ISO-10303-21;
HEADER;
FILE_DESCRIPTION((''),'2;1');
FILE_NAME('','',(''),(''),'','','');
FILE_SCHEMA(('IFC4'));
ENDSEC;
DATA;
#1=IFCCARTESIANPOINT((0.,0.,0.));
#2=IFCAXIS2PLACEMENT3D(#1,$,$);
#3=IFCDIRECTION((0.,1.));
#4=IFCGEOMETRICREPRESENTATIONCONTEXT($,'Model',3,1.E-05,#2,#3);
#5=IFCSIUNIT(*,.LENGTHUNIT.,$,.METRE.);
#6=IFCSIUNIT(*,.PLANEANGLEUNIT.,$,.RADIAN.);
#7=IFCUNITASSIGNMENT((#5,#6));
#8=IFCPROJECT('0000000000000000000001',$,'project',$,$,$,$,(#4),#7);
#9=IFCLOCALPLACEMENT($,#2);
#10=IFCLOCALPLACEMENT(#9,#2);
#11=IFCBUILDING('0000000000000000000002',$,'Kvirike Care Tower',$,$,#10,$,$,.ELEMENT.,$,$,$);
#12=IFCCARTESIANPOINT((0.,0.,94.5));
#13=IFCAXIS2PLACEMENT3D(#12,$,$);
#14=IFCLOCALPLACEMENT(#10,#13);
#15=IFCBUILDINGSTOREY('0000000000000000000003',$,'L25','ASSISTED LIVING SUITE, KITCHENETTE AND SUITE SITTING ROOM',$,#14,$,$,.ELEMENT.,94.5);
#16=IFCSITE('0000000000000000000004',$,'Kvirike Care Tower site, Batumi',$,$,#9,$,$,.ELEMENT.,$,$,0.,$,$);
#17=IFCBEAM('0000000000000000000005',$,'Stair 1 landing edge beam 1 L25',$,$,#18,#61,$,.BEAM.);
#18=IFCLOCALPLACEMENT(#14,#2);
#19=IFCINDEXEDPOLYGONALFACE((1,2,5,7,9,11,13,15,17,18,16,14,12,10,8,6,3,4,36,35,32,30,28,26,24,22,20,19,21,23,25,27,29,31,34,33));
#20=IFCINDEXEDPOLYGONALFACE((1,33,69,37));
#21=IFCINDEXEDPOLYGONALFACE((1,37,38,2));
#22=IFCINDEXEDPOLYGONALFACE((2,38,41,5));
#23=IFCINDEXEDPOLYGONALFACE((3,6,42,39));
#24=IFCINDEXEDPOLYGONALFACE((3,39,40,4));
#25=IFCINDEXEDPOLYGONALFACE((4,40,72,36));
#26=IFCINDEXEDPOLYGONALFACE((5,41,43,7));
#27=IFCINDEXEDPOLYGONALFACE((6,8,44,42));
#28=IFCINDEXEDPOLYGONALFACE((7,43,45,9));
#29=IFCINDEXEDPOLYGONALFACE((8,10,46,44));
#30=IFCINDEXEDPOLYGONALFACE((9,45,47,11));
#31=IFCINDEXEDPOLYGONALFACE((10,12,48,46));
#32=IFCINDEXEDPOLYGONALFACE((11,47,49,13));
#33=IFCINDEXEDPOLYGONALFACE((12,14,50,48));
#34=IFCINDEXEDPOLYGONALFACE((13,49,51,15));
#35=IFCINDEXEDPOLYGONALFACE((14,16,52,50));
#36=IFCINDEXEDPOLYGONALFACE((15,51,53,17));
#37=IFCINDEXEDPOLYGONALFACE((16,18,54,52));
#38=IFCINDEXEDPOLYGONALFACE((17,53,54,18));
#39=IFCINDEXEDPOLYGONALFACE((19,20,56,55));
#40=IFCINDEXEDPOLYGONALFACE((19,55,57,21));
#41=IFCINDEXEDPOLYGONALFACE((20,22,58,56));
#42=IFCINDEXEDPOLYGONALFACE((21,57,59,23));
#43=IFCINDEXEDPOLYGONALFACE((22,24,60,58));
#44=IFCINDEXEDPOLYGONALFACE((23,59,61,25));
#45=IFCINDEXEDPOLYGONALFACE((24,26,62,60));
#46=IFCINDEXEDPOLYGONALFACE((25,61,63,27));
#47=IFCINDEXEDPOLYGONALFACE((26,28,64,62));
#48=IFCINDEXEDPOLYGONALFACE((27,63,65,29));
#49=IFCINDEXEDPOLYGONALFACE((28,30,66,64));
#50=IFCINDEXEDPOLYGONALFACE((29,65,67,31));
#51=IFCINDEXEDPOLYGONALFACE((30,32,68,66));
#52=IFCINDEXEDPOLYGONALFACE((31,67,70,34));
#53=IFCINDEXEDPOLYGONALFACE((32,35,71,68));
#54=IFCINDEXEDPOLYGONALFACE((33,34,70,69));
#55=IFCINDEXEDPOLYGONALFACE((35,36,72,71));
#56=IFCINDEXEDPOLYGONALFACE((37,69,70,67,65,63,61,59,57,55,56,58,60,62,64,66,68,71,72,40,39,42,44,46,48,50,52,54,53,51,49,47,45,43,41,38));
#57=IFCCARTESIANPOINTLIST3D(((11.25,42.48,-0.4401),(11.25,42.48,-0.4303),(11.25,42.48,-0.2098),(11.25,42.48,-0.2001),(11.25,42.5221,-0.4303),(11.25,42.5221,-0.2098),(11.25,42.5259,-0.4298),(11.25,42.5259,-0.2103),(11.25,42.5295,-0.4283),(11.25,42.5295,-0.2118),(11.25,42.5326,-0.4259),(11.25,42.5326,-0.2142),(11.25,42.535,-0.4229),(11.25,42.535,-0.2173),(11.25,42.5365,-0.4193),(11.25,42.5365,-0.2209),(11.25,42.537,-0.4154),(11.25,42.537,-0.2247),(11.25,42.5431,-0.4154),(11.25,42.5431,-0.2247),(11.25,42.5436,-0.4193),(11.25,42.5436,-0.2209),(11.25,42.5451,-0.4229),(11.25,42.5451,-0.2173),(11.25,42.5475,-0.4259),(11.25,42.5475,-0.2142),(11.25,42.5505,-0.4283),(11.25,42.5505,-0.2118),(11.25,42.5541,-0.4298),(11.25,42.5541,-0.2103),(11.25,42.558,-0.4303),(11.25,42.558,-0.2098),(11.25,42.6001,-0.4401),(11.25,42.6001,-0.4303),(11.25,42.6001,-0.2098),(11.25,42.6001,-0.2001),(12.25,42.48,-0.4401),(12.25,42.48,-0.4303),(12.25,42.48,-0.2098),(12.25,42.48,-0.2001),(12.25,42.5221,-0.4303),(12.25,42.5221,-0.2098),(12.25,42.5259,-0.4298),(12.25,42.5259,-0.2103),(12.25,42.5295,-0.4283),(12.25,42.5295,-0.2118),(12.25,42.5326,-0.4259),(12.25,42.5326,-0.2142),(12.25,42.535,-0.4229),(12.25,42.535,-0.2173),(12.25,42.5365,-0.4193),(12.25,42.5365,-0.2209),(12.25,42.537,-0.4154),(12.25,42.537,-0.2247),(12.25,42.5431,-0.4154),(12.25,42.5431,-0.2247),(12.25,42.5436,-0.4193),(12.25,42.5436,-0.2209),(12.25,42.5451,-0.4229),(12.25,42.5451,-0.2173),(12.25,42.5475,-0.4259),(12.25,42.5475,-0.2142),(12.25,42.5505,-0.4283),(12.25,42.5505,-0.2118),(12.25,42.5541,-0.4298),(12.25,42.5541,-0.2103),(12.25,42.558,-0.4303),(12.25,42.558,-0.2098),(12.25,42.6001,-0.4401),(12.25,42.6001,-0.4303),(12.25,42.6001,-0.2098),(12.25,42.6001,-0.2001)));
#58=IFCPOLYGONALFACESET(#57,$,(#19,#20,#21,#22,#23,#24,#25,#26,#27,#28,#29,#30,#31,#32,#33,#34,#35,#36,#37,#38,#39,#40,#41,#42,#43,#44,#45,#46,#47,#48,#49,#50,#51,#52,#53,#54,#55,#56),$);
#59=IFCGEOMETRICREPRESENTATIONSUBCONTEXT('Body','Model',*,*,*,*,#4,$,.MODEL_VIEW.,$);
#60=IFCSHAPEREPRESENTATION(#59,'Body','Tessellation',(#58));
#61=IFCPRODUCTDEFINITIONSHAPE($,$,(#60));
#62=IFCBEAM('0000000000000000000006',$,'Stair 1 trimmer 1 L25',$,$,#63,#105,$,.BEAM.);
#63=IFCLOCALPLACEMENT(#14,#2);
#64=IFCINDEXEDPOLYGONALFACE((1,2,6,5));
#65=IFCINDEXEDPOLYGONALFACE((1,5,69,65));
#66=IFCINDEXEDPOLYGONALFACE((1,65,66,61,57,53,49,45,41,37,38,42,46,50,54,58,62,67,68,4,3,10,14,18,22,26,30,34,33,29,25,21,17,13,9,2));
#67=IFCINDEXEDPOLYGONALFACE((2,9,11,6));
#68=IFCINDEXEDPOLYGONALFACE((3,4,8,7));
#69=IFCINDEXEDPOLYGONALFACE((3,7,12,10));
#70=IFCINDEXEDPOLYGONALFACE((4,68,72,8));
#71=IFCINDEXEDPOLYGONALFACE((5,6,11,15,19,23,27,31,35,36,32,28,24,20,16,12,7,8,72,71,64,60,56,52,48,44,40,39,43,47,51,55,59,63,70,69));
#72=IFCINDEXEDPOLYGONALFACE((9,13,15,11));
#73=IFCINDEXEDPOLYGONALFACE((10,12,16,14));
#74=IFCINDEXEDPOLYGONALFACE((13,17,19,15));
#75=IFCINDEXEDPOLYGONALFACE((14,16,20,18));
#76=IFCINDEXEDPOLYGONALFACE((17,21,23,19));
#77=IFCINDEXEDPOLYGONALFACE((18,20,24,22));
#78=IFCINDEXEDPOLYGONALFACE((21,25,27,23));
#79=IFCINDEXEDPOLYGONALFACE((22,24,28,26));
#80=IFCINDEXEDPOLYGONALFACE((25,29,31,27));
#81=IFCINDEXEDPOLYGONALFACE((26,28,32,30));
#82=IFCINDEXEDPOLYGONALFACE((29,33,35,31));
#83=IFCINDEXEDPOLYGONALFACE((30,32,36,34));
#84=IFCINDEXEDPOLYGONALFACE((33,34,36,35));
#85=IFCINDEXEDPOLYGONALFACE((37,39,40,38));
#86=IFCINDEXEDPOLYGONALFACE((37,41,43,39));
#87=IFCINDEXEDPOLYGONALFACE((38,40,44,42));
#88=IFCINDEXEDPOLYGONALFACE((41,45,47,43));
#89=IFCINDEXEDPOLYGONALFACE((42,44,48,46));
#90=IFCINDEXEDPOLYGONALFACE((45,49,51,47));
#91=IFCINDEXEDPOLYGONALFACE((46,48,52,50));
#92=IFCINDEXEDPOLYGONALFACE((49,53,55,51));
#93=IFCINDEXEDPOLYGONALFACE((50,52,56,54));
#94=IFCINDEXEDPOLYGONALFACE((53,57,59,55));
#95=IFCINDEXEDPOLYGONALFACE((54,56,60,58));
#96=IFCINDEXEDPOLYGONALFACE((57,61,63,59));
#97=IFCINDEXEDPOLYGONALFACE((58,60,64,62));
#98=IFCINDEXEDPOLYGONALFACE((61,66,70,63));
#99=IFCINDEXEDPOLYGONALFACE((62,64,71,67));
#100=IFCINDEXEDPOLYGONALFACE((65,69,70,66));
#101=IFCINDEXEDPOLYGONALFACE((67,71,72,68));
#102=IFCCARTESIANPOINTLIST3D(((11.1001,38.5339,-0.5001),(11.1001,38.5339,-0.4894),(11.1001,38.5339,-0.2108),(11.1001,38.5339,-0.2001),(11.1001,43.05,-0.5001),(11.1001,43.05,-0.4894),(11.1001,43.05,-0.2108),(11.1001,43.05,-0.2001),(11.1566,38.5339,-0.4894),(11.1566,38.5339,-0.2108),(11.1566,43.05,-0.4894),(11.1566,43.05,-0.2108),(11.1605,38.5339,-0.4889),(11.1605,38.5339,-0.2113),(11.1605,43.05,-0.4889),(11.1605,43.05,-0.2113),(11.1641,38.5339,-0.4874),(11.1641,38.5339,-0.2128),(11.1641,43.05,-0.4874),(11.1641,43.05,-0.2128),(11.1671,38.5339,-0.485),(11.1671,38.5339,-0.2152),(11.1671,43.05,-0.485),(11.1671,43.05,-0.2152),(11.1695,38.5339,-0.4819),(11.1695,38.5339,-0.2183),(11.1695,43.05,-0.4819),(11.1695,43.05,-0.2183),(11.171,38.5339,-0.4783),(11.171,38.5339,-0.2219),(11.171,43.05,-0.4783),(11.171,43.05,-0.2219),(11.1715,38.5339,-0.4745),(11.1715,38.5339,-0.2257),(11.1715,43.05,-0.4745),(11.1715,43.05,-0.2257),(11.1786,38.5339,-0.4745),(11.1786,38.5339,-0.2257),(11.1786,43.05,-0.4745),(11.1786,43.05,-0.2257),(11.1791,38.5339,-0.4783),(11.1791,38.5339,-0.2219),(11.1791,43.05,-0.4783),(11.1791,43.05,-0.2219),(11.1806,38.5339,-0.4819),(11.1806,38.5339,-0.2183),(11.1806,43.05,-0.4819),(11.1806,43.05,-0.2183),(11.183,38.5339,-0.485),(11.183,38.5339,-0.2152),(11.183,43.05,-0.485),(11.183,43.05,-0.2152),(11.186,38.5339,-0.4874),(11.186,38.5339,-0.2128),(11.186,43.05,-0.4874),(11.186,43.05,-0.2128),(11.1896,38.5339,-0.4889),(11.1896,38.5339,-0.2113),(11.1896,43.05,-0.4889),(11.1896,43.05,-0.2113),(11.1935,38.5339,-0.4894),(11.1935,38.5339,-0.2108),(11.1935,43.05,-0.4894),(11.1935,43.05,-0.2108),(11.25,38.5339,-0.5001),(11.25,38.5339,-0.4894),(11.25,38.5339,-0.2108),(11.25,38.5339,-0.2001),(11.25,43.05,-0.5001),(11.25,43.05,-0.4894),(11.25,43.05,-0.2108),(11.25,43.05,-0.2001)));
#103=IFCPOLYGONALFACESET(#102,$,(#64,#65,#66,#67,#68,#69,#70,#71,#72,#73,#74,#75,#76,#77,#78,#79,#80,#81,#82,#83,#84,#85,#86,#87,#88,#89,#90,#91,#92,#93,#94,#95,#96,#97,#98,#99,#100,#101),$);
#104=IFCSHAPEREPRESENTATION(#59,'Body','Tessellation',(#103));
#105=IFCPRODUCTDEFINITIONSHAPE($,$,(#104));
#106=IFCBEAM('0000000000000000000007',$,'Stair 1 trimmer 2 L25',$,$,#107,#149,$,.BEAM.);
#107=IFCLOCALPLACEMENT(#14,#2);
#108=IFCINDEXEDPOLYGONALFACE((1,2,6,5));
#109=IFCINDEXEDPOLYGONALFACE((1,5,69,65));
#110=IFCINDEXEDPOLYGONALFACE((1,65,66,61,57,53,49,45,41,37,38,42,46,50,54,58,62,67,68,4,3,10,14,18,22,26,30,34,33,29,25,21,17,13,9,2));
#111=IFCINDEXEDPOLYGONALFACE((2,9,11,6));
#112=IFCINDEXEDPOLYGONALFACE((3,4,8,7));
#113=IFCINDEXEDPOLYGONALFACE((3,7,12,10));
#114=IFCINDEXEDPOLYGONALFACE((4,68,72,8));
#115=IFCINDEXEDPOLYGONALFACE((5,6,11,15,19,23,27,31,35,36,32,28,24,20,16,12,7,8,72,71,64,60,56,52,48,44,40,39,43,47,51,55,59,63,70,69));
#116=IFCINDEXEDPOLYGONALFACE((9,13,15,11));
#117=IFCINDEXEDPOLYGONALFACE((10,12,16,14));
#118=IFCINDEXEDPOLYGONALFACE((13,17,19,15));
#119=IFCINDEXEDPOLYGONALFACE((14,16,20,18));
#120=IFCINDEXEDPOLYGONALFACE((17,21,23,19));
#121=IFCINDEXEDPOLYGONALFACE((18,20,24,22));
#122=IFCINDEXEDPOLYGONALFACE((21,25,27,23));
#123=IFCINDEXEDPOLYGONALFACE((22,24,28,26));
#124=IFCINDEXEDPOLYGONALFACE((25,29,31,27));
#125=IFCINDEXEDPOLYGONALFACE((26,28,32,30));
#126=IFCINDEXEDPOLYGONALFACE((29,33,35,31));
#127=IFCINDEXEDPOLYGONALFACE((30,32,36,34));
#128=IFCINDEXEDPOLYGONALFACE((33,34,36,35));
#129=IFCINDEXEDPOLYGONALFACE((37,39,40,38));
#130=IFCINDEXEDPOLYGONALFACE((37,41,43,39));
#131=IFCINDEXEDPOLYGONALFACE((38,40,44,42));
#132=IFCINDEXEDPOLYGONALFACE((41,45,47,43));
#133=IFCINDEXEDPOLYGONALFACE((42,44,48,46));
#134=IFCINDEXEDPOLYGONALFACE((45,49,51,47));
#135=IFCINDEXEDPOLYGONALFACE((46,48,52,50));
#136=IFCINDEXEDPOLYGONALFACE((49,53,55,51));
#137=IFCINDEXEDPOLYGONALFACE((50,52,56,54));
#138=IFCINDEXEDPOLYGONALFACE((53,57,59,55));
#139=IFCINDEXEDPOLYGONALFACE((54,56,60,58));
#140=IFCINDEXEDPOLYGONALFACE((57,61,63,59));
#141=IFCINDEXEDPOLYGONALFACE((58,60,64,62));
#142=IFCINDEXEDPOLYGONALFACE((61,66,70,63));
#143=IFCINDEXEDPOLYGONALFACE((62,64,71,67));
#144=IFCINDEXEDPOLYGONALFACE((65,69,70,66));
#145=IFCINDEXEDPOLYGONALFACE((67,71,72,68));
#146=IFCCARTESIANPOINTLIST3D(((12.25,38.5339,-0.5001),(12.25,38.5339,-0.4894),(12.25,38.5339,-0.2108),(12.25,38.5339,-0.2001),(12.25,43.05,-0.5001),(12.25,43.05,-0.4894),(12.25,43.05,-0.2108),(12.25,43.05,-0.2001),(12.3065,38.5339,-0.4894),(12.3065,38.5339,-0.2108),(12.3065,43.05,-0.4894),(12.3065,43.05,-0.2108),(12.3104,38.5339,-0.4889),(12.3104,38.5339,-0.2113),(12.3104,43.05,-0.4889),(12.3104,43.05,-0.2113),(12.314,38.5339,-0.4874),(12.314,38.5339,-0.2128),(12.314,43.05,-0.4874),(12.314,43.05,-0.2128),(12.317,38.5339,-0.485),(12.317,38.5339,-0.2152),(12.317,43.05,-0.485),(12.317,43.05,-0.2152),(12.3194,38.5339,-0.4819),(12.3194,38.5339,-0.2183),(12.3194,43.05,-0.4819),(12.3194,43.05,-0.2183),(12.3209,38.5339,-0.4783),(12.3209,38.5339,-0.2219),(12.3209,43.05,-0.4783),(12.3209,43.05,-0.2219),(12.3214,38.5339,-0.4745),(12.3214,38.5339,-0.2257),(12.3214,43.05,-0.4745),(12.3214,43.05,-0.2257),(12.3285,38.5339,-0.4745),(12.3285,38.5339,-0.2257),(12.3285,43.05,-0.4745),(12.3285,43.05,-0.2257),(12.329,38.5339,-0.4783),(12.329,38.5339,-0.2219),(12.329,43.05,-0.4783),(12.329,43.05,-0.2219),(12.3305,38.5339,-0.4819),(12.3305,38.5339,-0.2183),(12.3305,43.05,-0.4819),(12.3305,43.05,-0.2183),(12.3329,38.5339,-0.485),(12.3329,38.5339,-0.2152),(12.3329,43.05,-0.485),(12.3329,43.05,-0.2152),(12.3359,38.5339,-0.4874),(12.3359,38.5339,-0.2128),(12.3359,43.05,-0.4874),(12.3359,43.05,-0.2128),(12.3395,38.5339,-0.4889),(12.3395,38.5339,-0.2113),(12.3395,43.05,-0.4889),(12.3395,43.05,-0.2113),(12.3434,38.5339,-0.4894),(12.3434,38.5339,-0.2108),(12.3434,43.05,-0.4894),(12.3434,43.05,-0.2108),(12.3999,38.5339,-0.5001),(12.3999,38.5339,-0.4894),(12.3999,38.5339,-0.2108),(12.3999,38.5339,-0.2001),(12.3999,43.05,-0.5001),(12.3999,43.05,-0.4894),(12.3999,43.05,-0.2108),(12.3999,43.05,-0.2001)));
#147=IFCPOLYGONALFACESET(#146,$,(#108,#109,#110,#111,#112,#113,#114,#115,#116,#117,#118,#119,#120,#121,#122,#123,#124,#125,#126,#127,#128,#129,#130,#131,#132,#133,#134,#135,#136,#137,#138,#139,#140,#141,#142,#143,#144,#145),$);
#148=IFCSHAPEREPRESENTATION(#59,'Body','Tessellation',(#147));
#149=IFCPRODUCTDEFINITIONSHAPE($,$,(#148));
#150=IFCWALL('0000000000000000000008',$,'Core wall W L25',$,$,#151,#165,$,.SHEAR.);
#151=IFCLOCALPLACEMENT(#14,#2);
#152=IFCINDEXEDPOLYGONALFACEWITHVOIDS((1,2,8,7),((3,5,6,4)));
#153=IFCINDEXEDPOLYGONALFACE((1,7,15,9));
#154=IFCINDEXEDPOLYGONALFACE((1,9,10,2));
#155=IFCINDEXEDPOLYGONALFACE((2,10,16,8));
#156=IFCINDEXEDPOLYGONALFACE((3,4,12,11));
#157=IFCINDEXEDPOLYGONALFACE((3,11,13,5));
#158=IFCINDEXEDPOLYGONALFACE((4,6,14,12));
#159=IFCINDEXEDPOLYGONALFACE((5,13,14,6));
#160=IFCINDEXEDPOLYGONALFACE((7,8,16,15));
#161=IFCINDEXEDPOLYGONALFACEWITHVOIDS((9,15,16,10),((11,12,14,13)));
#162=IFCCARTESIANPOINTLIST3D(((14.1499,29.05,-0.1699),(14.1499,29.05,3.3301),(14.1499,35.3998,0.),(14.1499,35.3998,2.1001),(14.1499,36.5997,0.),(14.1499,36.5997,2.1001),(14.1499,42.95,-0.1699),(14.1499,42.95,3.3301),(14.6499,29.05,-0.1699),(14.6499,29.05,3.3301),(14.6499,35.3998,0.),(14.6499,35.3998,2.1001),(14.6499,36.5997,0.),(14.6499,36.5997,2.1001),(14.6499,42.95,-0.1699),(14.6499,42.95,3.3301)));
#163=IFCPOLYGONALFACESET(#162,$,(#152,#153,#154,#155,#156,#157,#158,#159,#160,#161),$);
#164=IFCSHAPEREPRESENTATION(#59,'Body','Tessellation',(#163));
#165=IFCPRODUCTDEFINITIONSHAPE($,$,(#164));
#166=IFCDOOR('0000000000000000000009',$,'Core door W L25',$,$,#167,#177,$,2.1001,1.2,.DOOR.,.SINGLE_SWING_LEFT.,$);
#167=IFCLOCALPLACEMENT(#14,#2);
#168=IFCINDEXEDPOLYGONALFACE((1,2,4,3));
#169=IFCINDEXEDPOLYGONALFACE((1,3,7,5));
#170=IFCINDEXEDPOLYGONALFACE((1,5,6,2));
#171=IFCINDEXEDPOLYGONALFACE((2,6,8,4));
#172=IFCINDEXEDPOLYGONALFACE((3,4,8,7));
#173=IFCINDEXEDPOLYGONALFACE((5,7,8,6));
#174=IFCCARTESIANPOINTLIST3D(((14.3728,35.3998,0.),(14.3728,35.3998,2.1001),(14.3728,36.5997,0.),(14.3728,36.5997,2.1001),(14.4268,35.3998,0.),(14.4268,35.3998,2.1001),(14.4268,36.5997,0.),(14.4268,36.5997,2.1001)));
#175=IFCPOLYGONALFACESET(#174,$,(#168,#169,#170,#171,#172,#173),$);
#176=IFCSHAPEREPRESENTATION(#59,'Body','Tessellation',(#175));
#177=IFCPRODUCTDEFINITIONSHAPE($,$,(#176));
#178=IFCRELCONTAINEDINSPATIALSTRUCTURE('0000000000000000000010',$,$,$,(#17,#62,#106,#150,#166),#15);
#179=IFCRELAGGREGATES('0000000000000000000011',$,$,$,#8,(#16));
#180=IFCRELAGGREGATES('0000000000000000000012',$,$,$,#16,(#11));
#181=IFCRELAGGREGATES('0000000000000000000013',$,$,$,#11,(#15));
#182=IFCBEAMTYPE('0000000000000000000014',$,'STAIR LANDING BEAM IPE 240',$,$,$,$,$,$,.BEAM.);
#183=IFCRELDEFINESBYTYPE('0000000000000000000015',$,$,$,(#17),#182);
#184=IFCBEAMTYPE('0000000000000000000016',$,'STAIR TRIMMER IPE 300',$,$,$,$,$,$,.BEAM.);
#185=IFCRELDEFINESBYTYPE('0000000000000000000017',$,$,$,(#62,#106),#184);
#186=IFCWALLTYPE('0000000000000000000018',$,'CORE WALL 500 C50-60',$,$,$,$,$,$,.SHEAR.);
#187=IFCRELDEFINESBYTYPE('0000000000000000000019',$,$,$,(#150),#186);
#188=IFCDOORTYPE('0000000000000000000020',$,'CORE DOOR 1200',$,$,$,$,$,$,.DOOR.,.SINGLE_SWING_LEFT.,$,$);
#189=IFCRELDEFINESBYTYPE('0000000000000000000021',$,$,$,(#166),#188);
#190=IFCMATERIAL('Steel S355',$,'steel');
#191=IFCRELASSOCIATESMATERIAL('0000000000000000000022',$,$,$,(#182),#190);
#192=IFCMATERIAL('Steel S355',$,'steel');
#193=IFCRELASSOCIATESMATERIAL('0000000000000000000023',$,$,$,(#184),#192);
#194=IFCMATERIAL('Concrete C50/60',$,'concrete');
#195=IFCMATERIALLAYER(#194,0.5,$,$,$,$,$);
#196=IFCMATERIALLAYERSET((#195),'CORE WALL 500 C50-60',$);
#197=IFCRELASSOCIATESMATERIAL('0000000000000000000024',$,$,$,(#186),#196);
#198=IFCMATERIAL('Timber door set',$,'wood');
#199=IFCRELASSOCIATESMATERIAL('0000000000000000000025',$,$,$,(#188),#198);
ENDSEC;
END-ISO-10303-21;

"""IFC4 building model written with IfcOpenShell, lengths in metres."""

from ifc_helpers import new_model, si_unit, direction, frame, frame_2d, origin, origin_2d, place, context, subcontext, project, spatial, rectangle, i_section, extrude, material, layer, layer_set, material_profile, profile_set, type_object, element, fill, save


model = new_model("IFC4")

# Units and contexts
model_context = context("Model", 3, precision=1e-05, world=origin(), true_north=direction((0.0, 1.0)))
body_context = subcontext(model_context, "Body", "Model", "MODEL_VIEW")
ifc_project = project(units=[si_unit("LENGTHUNIT", "METRE"), si_unit("PLANEANGLEUNIT", "RADIAN")], contexts=[model_context])

# Site, building, storey
site_placement = place(None, origin())
site = spatial("IfcSite", under=ifc_project, at=site_placement, Name="Kvirike Care Tower site, Batumi", CompositionType="ELEMENT", RefElevation=0.0)
building_placement = place(site_placement, origin())
building = spatial("IfcBuilding", under=site, at=building_placement, Name="Kvirike Care Tower", CompositionType="ELEMENT")
storey_placement = place(building_placement, frame((0.0, 0.0, 94.5)))
storey = spatial("IfcBuildingStorey", under=building, at=storey_placement, Name="L25", Description="ASSISTED LIVING SUITE, KITCHENETTE AND SUITE SITTING ROOM", CompositionType="ELEMENT", Elevation=94.5)

# Beams
ifc_material_1 = material(Name="Steel S355", Category="steel")
ifc_material_profile_1 = material_profile(ifc_material_1, i_section(OverallWidth=0.1201, OverallDepth=0.24, WebThickness=0.0061, FlangeThickness=0.0098, FilletRadius=0.0149, at=origin_2d()), Name="IPE 240")
ifc_profile_set_1 = profile_set([ifc_material_profile_1], Name="Steel S355")
beam_type_1 = type_object("IfcBeamType", Name="STAIR LANDING BEAM IPE 240", PredefinedType="BEAM", material=ifc_profile_set_1)
beam_1_placement = place(storey_placement, frame((11.25, 42.54, -0.3201), z_axis=(1.0, 0.0, 0.0), x_axis=(0.0, 1.0, 0.0)))
element("IfcBeam", 1, at=beam_1_placement, inside=storey, type_object=beam_type_1, Name="Stair 1 landing edge beam 1 L25", PredefinedType="BEAM", context=body_context, shape_type="SweptSolid", body=[
    extrude(i_section(OverallWidth=0.1201, OverallDepth=0.24, WebThickness=0.0061, FlangeThickness=0.0098, FilletRadius=0.0149, at=origin_2d()), origin(), (0.0, 0.0, 1.0), 1.0),
])
ifc_material_2 = material(Name="Steel S355", Category="steel")
ifc_material_profile_2 = material_profile(ifc_material_2, i_section(OverallWidth=0.1499, OverallDepth=0.3, WebThickness=0.0071, FlangeThickness=0.0107, FilletRadius=0.0149, at=origin_2d()), Name="IPE 300")
ifc_profile_set_2 = profile_set([ifc_material_profile_2], Name="Steel S355")
beam_type_2 = type_object("IfcBeamType", Name="STAIR TRIMMER IPE 300", PredefinedType="BEAM", material=ifc_profile_set_2)
for number, where, z_axis, x_axis, name in (
    (2, (11.175, 43.05, -0.3501), (0.0, -1.0, 0.0), (1.0, 0.0, 0.0), "Stair 1 trimmer 1 L25"),
    (3, (12.325, 43.05, -0.3501), (0.0, -1.0, 0.0), (1.0, 0.0, 0.0), "Stair 1 trimmer 2 L25"),
):
    element("IfcBeam", number, at=place(storey_placement, frame(where, z_axis=z_axis, x_axis=x_axis)), inside=storey, type_object=beam_type_2, Name=name, PredefinedType="BEAM", context=body_context, shape_type="SweptSolid", body=[
        extrude(i_section(OverallWidth=0.1499, OverallDepth=0.3, WebThickness=0.0071, FlangeThickness=0.0107, FilletRadius=0.0149, at=origin_2d()), origin(), (0.0, 0.0, 1.0), 4.5161),
    ])

# Wall, opening, door
ifc_material_3 = material(Name="Concrete C50/60", Category="concrete")
ifc_layer_1 = layer(ifc_material_3, 0.5)
ifc_layer_set_1 = layer_set([ifc_layer_1], Name="CORE WALL 500 C50-60")
wall_type_1 = type_object("IfcWallType", Name="CORE WALL 500 C50-60", PredefinedType="SHEAR", material=ifc_layer_set_1)
wall_1_placement = place(storey_placement, frame((14.3999, 42.95, -0.1699), z_axis=(0.0, 0.0, 1.0), x_axis=(0.0, -1.0, 0.0)))
wall_1 = element("IfcWall", 4, at=wall_1_placement, inside=storey, type_object=wall_type_1, Name="Core wall W L25", PredefinedType="SHEAR", context=body_context, shape_type="SweptSolid", body=[
    extrude(rectangle(XDim=13.8999, YDim=0.5, at=frame_2d((6.95, 0.0))), origin(), (0.0, 0.0, 1.0), 3.5),
])
opening_1_placement = place(wall_1_placement, frame((6.3501, 0.0, 0.1699)))
opening_1 = element("IfcOpeningElement", 5, at=opening_1_placement, cuts=wall_1, PredefinedType="OPENING", context=body_context, shape_type="SweptSolid", body=[
    extrude(rectangle(XDim=1.2, YDim=2.1001, at=frame_2d((0.6001, 1.05))), frame((0.0, 0.2605, 0.0), z_axis=(0.0, -1.0, 0.0), x_axis=(1.0, 0.0, 0.0)), (0.0, 0.0, 1.0), 0.521),
])
ifc_material_4 = material(Name="Timber door set", Category="wood")
door_type_1 = type_object("IfcDoorType", Name="CORE DOOR 1200", OperationType="SINGLE_SWING_LEFT", PredefinedType="DOOR", material=ifc_material_4)
door_1_placement = place(opening_1_placement, origin())
door_1 = element("IfcDoor", 6, at=door_1_placement, inside=storey, type_object=door_type_1, Name="Core door W L25", OperationType="SINGLE_SWING_LEFT", OverallHeight=2.1001, OverallWidth=1.2, PredefinedType="DOOR", context=body_context, shape_type="SweptSolid", body=[
    extrude(rectangle(XDim=1.2, YDim=2.1001, at=frame_2d((0.6001, 1.05))), frame((0.0, 0.0269, 0.0), z_axis=(0.0, -1.0, 0.0), x_axis=(1.0, 0.0, 0.0)), (0.0, 0.0, 1.0), 0.054),
])
fill(opening_1, door_1)

save(model, "model.ifc")
